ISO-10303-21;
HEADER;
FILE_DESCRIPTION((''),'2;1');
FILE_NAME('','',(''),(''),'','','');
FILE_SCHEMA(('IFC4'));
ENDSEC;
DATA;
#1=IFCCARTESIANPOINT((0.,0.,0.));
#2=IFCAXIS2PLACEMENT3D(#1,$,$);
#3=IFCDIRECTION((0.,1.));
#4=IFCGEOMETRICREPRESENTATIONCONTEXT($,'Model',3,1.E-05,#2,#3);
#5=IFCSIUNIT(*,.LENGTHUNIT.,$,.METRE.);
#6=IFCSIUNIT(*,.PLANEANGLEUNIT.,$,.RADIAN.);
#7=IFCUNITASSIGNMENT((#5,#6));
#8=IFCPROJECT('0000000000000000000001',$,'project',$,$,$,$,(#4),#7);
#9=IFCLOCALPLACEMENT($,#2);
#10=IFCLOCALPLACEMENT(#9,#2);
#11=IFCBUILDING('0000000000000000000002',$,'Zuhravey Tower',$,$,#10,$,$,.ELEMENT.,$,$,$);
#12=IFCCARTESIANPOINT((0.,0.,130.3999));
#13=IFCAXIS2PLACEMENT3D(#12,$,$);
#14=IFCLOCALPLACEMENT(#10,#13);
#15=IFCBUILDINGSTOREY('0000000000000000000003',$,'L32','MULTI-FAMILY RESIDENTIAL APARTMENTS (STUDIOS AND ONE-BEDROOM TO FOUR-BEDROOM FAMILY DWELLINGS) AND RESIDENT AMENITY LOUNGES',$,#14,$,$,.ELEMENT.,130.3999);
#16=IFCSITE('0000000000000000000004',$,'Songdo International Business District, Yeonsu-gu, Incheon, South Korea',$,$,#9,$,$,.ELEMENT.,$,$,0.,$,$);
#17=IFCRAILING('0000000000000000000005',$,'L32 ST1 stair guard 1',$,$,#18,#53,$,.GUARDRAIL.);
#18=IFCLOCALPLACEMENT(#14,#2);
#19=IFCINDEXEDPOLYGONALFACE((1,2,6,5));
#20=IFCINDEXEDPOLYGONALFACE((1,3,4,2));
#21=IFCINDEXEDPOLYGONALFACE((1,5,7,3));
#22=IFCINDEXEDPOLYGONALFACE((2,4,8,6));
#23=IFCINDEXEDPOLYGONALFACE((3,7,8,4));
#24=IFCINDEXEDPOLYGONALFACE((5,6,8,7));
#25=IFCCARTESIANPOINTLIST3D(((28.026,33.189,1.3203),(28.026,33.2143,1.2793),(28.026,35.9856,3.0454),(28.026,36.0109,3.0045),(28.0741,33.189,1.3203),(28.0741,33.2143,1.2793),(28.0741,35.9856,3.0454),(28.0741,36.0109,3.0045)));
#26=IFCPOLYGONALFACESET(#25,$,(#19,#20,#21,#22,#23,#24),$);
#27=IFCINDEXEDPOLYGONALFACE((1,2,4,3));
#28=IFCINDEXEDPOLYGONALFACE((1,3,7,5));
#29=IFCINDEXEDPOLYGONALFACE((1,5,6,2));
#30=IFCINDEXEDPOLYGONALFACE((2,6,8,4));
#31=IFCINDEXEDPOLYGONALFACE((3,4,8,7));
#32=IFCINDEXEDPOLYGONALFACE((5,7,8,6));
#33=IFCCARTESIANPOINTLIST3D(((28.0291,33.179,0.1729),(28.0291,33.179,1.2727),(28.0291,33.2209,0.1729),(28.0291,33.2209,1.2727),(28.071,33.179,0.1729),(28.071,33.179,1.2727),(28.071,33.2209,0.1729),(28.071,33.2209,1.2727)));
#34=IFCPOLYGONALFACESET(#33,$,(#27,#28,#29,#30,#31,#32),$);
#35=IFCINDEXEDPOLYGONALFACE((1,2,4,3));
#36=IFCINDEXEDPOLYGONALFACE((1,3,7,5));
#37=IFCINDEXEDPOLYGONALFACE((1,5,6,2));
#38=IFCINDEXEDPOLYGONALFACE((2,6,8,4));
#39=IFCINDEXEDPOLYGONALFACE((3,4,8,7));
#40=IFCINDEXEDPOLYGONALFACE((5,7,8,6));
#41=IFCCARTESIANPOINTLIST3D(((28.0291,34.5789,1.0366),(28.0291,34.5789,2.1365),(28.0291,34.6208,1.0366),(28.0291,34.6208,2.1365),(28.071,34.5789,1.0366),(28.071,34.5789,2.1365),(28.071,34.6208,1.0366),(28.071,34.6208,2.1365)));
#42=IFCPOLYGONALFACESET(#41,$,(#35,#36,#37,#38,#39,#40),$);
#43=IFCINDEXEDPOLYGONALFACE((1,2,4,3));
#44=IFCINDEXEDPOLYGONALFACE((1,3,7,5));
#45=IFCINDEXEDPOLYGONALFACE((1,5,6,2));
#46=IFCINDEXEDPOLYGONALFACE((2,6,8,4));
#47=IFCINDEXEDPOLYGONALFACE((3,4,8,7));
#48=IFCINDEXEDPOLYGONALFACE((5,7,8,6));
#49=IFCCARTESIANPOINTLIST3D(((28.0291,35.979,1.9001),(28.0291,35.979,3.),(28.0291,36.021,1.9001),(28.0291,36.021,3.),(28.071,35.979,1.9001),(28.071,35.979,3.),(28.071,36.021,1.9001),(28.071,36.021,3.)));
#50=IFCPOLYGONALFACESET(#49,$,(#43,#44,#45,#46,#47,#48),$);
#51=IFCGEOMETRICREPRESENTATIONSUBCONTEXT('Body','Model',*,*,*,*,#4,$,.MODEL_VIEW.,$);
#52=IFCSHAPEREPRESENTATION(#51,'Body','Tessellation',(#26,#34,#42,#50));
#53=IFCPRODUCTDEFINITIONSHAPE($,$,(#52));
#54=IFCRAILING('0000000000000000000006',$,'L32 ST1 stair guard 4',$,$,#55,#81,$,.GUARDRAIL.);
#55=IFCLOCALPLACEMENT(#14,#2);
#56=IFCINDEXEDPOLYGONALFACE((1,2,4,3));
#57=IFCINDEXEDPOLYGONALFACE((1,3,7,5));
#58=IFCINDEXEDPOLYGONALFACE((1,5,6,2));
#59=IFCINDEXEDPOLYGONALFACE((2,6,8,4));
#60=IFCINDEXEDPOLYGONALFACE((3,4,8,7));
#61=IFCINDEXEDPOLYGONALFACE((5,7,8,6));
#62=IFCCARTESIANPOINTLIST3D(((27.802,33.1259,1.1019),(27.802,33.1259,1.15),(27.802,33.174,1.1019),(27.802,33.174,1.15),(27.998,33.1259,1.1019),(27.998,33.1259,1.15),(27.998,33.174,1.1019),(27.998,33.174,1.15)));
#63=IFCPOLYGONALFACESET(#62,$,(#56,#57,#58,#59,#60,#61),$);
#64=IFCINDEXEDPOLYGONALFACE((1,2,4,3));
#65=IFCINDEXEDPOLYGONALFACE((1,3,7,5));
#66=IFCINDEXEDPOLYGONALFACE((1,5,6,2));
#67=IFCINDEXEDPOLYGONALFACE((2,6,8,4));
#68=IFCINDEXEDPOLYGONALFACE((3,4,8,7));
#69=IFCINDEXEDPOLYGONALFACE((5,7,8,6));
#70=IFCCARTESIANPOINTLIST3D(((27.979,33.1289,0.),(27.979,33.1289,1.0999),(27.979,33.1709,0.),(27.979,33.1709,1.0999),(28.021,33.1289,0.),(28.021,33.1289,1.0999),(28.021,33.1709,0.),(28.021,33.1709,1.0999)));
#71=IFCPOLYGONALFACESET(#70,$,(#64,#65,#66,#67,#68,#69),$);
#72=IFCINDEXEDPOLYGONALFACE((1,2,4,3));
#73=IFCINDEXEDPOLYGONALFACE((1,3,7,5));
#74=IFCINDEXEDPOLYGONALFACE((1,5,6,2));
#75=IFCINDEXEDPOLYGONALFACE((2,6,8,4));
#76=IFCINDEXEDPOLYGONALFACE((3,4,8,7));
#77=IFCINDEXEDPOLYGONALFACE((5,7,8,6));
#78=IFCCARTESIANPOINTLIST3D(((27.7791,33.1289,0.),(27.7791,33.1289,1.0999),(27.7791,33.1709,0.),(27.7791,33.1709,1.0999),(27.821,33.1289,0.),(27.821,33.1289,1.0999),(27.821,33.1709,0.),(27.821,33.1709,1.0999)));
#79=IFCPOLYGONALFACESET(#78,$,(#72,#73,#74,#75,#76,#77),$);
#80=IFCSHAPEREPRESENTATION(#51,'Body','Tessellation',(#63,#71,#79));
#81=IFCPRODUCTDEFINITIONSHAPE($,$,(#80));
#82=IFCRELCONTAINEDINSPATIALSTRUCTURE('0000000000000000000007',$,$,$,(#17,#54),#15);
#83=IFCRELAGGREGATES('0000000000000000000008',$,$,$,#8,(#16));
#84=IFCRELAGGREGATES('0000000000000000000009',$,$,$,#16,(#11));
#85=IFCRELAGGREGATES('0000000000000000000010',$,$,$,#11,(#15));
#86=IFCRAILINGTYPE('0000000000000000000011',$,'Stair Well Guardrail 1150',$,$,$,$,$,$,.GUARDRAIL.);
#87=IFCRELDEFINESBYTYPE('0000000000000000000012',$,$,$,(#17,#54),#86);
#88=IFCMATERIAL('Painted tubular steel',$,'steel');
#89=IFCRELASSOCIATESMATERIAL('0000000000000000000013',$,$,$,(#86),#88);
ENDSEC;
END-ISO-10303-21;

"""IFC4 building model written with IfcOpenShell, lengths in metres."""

from ifc_helpers import new_model, si_unit, direction, frame, origin, origin_2d, place, context, subcontext, project, spatial, rectangle, extrude, material, type_object, element, save


model = new_model("IFC4")

# Units and contexts
model_context = context("Model", 3, precision=1e-05, world=origin(), true_north=direction((0.0, 1.0)))
body_context = subcontext(model_context, "Body", "Model", "MODEL_VIEW")
ifc_project = project(units=[si_unit("LENGTHUNIT", "METRE"), si_unit("PLANEANGLEUNIT", "RADIAN")], contexts=[model_context])

# Site, building, storey
site_placement = place(None, origin())
site = spatial("IfcSite", under=ifc_project, at=site_placement, Name="Songdo International Business District, Yeonsu-gu, Incheon, South Korea", CompositionType="ELEMENT", RefElevation=0.0)
building_placement = place(site_placement, origin())
building = spatial("IfcBuilding", under=site, at=building_placement, Name="Zuhravey Tower", CompositionType="ELEMENT")
storey_placement = place(building_placement, frame((0.0, 0.0, 130.3999)))
storey = spatial("IfcBuildingStorey", under=building, at=storey_placement, Name="L32", Description="MULTI-FAMILY RESIDENTIAL APARTMENTS (STUDIOS AND ONE-BEDROOM TO FOUR-BEDROOM FAMILY DWELLINGS) AND RESIDENT AMENITY LOUNGES", CompositionType="ELEMENT", Elevation=130.3999)

# Railings
ifc_material_1 = material(Name="Painted tubular steel", Category="steel")
railing_type_1 = type_object("IfcRailingType", Name="Stair Well Guardrail 1150", PredefinedType="GUARDRAIL", material=ifc_material_1)
railing_1_placement = place(storey_placement, frame((28.05, 33.2, 0.1729)))
element("IfcRailing", 1, at=railing_1_placement, inside=storey, type_object=railing_type_1, Name="L32 ST1 stair guard 1", PredefinedType="GUARDRAIL", context=body_context, shape_type="SweptSolid", body=[
    extrude(rectangle(XDim=0.0481, YDim=0.0481, at=origin_2d()), frame((0.0, 0.0017, 1.127), z_axis=(0.0, 0.85109, 0.52502), x_axis=(-1.0, 0.0, 0.0)), (0.0, 0.0, 1.0), 3.2859),
    extrude(rectangle(XDim=0.042, YDim=0.042, at=origin_2d()), origin(), (0.0, 0.0, 1.0), 1.0999),
    extrude(rectangle(XDim=0.042, YDim=0.042, at=origin_2d()), frame((0.0, 1.3999, 0.8638)), (0.0, 0.0, 1.0), 1.0999),
    extrude(rectangle(XDim=0.042, YDim=0.042, at=origin_2d()), frame((0.0, 2.8, 1.7273)), (0.0, 0.0, 1.0), 1.0999),
])
railing_2_placement = place(storey_placement, frame((28.0, 33.1499, 0.0)))
element("IfcRailing", 2, at=railing_2_placement, inside=storey, type_object=railing_type_1, Name="L32 ST1 stair guard 4", PredefinedType="GUARDRAIL", context=body_context, shape_type="SweptSolid", body=[
    extrude(rectangle(XDim=0.0481, YDim=0.0481, at=origin_2d()), frame((-0.002, 0.0, 1.126), z_axis=(-1.0, 0.0, 0.0), x_axis=(0.0, -1.0, 0.0)), (0.0, 0.0, 1.0), 0.196),
    extrude(rectangle(XDim=0.042, YDim=0.042, at=origin_2d()), origin(), (0.0, 0.0, 1.0), 1.0999),
    extrude(rectangle(XDim=0.042, YDim=0.042, at=origin_2d()), frame((-0.2, 0.0, 0.0)), (0.0, 0.0, 1.0), 1.0999),
])

save(model, "model.ifc")
